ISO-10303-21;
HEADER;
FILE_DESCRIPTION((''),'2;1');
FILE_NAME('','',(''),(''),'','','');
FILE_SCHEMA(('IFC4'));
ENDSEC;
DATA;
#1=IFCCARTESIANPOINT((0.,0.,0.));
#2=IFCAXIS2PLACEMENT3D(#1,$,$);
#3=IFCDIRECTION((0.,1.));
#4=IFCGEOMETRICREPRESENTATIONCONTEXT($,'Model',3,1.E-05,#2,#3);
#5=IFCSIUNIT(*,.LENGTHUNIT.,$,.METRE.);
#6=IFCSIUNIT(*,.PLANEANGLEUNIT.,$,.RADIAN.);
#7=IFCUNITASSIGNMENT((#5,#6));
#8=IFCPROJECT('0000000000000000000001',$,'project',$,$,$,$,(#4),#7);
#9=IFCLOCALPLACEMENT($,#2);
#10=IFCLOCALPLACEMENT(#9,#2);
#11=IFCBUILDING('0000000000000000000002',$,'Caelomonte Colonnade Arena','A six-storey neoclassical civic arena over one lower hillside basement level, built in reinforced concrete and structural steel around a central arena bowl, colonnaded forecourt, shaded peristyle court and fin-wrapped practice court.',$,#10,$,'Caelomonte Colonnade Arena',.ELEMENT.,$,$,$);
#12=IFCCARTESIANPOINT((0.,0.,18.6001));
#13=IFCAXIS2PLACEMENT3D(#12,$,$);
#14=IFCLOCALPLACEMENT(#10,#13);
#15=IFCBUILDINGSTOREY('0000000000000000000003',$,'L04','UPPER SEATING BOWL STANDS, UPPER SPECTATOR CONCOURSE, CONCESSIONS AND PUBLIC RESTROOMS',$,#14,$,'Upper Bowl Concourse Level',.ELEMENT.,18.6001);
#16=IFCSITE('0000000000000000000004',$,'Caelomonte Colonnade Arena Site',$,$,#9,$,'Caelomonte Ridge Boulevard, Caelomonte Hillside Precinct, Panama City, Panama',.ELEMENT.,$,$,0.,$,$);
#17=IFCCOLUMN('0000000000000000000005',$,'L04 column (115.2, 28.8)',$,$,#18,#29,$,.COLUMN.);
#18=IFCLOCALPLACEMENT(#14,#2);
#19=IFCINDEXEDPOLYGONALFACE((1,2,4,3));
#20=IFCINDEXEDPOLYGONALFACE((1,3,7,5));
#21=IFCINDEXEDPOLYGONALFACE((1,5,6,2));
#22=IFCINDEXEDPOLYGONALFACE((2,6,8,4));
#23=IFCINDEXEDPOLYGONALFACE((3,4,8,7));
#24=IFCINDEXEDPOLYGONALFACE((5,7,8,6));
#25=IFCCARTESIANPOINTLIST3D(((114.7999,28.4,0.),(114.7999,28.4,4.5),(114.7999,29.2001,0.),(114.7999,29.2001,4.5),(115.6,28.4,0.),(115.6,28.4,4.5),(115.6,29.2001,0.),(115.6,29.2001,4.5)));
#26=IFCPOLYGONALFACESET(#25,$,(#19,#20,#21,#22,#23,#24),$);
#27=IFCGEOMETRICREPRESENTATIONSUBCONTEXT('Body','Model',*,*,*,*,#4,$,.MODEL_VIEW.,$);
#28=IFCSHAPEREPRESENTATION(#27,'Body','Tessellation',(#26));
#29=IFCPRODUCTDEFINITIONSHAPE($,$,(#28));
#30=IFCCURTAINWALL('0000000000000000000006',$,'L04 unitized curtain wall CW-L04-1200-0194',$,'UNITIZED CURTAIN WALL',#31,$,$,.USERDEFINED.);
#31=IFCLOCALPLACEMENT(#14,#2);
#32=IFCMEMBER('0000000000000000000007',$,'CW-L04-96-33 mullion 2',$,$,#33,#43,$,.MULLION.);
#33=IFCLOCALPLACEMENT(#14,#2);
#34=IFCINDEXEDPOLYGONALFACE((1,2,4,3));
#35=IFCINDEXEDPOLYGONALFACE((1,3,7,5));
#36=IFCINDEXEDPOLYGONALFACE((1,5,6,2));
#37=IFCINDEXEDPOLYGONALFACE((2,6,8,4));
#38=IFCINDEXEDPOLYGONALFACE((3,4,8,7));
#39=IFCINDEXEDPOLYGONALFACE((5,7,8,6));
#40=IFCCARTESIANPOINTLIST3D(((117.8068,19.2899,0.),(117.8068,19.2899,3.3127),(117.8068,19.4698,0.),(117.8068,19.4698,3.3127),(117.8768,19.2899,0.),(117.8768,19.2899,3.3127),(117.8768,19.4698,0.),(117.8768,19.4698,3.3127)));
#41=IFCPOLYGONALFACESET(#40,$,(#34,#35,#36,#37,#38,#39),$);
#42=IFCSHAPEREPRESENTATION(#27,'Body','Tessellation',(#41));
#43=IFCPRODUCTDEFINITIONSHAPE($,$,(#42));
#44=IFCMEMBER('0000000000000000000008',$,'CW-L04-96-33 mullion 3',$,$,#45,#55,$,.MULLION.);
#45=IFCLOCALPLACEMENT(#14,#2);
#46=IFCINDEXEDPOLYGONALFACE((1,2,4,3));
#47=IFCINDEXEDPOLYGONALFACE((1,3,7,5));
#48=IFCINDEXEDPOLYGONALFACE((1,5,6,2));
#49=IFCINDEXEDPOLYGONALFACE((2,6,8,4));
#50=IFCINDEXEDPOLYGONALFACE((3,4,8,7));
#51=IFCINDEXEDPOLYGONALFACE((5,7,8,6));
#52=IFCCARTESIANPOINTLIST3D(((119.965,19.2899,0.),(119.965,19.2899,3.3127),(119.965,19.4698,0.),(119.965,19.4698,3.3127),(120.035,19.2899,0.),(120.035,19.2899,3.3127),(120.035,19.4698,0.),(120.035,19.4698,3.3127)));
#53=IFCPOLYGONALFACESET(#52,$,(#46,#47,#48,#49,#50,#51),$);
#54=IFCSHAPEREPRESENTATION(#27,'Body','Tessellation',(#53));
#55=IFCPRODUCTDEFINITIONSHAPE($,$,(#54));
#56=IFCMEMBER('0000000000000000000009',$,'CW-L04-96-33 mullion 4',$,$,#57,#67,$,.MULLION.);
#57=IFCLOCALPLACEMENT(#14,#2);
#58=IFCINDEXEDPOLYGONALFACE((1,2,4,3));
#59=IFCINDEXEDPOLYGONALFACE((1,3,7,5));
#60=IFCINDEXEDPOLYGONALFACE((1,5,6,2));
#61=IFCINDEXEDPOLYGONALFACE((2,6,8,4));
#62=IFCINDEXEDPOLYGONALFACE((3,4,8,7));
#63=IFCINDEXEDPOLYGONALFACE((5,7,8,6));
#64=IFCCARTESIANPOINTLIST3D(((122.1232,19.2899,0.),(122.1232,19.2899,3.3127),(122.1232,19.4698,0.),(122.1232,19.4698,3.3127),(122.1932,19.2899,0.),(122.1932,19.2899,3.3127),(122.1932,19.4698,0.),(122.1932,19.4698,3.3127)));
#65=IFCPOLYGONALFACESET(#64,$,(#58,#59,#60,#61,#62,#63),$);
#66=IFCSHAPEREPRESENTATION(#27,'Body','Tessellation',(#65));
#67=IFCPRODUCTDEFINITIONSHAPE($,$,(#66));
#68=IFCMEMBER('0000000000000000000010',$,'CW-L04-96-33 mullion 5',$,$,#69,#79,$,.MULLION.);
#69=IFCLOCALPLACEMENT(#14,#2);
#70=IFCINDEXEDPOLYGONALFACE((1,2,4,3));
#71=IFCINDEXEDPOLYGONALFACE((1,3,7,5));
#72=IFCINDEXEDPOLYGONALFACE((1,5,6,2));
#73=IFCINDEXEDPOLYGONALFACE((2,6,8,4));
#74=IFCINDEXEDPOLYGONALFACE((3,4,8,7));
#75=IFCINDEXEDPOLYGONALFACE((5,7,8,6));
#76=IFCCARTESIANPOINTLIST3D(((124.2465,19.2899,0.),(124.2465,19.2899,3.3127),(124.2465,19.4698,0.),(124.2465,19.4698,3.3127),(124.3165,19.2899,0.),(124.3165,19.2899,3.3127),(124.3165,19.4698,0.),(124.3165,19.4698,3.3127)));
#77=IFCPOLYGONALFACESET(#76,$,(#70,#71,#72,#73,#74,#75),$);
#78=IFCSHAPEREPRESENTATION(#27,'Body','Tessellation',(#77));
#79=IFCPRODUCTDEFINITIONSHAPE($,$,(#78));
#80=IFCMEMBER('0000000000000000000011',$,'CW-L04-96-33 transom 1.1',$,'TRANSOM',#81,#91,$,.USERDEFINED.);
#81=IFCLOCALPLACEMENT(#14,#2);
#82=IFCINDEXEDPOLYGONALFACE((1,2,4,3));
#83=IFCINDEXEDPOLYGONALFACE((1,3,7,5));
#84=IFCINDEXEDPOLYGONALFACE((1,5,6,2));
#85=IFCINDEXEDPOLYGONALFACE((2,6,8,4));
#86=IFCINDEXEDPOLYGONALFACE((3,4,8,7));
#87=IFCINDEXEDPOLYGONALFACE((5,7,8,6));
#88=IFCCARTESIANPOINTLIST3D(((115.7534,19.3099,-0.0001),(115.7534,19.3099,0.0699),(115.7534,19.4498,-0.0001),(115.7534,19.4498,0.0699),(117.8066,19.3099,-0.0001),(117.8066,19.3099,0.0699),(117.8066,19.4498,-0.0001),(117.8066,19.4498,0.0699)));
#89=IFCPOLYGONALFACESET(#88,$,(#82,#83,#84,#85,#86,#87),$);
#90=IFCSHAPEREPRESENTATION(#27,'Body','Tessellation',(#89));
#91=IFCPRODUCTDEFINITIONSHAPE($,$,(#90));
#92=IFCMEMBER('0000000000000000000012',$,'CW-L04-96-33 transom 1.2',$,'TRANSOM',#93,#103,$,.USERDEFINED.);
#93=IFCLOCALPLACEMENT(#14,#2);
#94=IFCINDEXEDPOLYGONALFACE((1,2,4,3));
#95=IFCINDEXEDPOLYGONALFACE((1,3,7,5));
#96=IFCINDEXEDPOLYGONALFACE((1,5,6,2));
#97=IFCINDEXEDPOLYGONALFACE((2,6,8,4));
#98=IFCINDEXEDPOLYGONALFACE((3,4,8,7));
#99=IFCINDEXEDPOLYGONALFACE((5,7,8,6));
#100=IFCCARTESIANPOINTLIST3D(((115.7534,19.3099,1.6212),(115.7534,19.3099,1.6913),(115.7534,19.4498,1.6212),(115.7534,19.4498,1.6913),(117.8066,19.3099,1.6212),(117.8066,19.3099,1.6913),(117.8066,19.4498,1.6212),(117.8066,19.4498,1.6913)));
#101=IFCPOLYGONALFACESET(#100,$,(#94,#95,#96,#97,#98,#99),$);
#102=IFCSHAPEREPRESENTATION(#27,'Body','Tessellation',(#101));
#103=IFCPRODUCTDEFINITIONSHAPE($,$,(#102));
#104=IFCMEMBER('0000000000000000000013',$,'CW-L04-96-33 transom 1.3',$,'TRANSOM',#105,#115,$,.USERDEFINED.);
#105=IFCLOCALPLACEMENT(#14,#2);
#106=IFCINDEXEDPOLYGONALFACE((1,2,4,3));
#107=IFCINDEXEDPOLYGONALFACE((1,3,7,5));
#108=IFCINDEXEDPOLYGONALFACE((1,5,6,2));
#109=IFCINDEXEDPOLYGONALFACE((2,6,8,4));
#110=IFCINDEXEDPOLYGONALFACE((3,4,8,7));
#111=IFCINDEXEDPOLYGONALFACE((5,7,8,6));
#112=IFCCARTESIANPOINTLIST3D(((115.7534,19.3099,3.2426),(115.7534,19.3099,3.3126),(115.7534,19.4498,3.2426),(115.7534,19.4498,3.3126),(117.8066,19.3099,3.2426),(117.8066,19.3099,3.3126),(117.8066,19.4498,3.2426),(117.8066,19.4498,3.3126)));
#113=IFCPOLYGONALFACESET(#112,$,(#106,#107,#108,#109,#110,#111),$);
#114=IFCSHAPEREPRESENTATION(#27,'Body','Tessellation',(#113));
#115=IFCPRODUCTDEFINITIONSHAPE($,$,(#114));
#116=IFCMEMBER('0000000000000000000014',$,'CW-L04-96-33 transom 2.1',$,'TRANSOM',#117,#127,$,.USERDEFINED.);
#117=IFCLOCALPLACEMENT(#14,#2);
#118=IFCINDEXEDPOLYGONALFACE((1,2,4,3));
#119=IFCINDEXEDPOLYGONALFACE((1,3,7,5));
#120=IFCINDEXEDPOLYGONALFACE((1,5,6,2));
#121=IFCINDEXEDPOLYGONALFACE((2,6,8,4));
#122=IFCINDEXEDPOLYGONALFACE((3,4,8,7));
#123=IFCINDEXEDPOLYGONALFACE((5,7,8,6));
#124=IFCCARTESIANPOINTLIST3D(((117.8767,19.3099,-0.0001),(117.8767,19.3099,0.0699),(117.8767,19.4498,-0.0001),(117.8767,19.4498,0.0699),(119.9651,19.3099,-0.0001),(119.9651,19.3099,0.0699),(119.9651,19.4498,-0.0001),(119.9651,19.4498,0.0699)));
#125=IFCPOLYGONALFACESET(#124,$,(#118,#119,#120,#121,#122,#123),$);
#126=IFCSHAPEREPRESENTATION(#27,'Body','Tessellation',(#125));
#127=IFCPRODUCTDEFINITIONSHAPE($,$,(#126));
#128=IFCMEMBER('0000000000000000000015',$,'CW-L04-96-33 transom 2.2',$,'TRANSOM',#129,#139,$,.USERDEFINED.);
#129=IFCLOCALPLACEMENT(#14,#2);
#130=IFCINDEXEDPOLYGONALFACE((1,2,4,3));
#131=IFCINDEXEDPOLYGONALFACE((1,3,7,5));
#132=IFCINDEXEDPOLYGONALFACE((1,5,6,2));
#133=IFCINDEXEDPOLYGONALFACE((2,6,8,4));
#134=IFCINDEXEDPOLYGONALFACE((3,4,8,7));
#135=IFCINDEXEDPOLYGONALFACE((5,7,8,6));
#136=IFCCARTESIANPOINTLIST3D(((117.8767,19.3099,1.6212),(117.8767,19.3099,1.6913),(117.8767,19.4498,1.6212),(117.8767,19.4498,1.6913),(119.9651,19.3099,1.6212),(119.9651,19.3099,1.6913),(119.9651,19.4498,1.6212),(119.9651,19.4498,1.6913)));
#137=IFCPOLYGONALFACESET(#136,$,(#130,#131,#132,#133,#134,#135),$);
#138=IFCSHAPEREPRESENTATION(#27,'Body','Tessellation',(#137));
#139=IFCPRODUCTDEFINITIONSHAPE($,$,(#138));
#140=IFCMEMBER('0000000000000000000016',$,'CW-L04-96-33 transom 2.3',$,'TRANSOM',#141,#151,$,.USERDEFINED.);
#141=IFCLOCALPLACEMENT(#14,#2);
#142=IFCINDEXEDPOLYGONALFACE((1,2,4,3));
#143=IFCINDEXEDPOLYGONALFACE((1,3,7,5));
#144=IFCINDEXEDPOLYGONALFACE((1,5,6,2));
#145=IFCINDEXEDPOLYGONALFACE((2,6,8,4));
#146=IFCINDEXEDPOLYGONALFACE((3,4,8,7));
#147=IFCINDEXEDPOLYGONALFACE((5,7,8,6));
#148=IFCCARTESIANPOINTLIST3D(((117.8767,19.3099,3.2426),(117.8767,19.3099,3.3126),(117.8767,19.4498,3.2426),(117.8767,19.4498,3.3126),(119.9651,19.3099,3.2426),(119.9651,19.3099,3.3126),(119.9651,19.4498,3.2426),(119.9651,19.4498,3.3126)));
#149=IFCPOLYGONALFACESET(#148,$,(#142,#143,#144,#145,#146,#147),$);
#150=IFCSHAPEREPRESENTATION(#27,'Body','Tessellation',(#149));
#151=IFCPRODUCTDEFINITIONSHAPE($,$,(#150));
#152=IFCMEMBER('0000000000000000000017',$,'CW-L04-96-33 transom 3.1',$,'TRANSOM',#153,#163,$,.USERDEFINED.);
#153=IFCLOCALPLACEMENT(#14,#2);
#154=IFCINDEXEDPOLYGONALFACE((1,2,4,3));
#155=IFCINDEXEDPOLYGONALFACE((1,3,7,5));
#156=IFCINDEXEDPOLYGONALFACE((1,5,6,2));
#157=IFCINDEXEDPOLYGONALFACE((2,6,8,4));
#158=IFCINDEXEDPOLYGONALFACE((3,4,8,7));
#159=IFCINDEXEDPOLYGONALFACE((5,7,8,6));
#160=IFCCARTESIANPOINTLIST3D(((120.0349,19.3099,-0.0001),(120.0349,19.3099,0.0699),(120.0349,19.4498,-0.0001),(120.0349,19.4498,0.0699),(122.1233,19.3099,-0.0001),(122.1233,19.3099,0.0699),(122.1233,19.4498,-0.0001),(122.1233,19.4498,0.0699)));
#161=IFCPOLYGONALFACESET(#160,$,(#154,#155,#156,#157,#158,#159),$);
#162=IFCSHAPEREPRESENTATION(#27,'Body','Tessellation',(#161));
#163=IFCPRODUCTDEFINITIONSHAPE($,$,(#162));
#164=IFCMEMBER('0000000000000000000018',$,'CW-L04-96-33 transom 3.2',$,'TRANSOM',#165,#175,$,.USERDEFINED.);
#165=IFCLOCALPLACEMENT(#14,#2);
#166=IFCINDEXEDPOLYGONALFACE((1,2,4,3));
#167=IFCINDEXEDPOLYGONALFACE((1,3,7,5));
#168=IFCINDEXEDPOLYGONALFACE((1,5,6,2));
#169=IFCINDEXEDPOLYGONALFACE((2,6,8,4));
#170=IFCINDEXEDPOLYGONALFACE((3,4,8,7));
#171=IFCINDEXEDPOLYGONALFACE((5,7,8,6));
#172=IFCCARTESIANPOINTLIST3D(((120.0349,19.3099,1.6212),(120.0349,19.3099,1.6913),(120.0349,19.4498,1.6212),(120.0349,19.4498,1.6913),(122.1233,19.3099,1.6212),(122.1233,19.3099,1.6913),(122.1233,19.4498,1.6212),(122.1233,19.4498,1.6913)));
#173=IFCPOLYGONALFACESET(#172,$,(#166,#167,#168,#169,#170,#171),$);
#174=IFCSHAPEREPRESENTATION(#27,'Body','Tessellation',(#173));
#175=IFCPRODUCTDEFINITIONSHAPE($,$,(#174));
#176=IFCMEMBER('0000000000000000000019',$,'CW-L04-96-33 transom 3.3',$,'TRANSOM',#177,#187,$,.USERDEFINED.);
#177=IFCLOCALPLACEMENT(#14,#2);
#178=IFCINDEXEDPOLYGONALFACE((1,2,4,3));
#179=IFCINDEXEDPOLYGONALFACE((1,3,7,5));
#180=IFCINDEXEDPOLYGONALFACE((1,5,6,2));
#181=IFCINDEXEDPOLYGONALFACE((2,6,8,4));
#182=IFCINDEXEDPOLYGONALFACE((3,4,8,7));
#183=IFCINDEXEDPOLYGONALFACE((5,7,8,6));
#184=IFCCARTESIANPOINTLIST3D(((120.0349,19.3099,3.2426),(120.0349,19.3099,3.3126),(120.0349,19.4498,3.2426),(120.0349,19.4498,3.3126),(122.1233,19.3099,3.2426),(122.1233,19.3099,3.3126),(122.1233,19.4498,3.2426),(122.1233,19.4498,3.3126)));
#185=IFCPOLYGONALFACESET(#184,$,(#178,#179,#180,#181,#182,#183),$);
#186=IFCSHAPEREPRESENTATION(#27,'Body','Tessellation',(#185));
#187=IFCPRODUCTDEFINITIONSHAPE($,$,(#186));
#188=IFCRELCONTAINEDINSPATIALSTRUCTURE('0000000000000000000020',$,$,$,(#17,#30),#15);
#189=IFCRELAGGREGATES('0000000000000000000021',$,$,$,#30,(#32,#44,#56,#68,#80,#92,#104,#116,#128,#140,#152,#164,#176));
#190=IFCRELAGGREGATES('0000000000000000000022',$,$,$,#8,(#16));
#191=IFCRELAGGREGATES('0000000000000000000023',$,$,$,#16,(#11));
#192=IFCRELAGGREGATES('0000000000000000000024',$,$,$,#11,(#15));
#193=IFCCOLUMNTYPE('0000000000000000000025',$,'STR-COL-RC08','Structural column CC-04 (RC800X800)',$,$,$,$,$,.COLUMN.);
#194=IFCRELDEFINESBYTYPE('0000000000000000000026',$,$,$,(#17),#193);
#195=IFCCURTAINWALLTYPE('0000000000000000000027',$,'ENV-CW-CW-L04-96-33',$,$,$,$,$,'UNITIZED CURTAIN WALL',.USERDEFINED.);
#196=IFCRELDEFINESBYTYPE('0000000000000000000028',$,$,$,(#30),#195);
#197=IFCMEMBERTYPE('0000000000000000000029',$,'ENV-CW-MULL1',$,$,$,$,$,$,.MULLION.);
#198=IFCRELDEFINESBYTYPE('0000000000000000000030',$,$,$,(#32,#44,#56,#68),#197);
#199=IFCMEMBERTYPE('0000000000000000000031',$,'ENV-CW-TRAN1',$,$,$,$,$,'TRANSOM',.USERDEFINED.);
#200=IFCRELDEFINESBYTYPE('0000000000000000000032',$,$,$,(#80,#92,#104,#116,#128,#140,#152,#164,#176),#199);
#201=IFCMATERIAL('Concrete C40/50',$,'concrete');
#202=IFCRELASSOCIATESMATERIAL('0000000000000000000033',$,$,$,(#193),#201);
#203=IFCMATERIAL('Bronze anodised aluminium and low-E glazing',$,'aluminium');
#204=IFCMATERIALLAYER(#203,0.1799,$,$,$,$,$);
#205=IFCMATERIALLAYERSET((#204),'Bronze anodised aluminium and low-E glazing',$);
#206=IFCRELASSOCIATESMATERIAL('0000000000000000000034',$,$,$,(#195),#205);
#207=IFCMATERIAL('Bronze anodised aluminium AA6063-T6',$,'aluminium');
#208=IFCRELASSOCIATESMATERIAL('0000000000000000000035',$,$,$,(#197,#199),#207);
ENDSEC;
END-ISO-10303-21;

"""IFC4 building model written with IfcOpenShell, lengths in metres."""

from ifc_helpers import new_model, si_unit, direction, frame, origin, origin_2d, place, context, subcontext, project, spatial, rectangle, extrude, material, layer, layer_set, material_profile, profile_set, type_object, element, aggregate, save


model = new_model("IFC4")

# Units and contexts
model_context = context("Model", 3, precision=1e-05, world=origin(), true_north=direction((0.0, 1.0)))
body_context = subcontext(model_context, "Body", "Model", "MODEL_VIEW")
ifc_project = project(units=[si_unit("LENGTHUNIT", "METRE"), si_unit("PLANEANGLEUNIT", "RADIAN")], contexts=[model_context])

# Site, building, storey
site_placement = place(None, origin())
site = spatial("IfcSite", under=ifc_project, at=site_placement, Name="Caelomonte Colonnade Arena Site", LongName="Caelomonte Ridge Boulevard, Caelomonte Hillside Precinct, Panama City, Panama", CompositionType="ELEMENT", RefElevation=0.0)
building_placement = place(site_placement, origin())
building = spatial("IfcBuilding", under=site, at=building_placement, Name="Caelomonte Colonnade Arena", Description="A six-storey neoclassical civic arena over one lower hillside basement level, built in reinforced concrete and structural steel around a central arena bowl, colonnaded forecourt, shaded peristyle court and fin-wrapped practice court.", LongName="Caelomonte Colonnade Arena", CompositionType="ELEMENT")
storey_placement = place(building_placement, frame((0.0, 0.0, 18.6001)))
storey = spatial("IfcBuildingStorey", under=building, at=storey_placement, Name="L04", Description="UPPER SEATING BOWL STANDS, UPPER SPECTATOR CONCOURSE, CONCESSIONS AND PUBLIC RESTROOMS", LongName="Upper Bowl Concourse Level", CompositionType="ELEMENT", Elevation=18.6001)

# Column
ifc_material_1 = material(Name="Concrete C40/50", Category="concrete")
ifc_material_profile_1 = material_profile(ifc_material_1, rectangle(XDim=0.8, YDim=0.8, at=origin_2d()), Name="RC800X800")
ifc_profile_set_1 = profile_set([ifc_material_profile_1], Name="Concrete C40/50")
column_type = type_object("IfcColumnType", Name="STR-COL-RC08", Description="Structural column CC-04 (RC800X800)", PredefinedType="COLUMN", material=ifc_profile_set_1)
column_placement = place(storey_placement, frame((115.2, 28.8, 0.0), z_axis=(0.0, 0.0, 1.0), x_axis=(1.0, 0.0, 0.0)))
element("IfcColumn", 1, at=column_placement, inside=storey, type_object=column_type, Name="L04 column (115.2, 28.8)", PredefinedType="COLUMN", context=body_context, shape_type="SweptSolid", body=[
    extrude(rectangle(XDim=0.8, YDim=0.8, at=origin_2d()), origin(), (0.0, 0.0, 1.0), 4.5),
])

# Curtain wall, members
ifc_material_2 = material(Name="Bronze anodised aluminium and low-E glazing", Category="aluminium")
ifc_layer_1 = layer(ifc_material_2, 0.1799)
ifc_layer_set_1 = layer_set([ifc_layer_1], Name="Bronze anodised aluminium and low-E glazing")
curtain_wall_type = type_object("IfcCurtainWallType", Name="ENV-CW-CW-L04-96-33", ElementType="UNITIZED CURTAIN WALL", PredefinedType="USERDEFINED", material=ifc_layer_set_1)
curtain_wall_placement = place(storey_placement, origin())
curtain_wall = element("IfcCurtainWall", 2, at=curtain_wall_placement, inside=storey, type_object=curtain_wall_type, Name="L04 unitized curtain wall CW-L04-1200-0194", ObjectType="UNITIZED CURTAIN WALL", PredefinedType="USERDEFINED")
ifc_material_3 = material(Name="Bronze anodised aluminium AA6063-T6", Category="aluminium")
ifc_material_profile_2 = material_profile(ifc_material_3, rectangle(XDim=0.0701, YDim=0.1799, at=origin_2d()), Name="CWM-70X180")
ifc_profile_set_2 = profile_set([ifc_material_profile_2], Name="Bronze anodised aluminium AA6063-T6")
member_type_1 = type_object("IfcMemberType", Name="ENV-CW-MULL1", PredefinedType="MULLION", material=ifc_profile_set_2)
member_1_placement = place(storey_placement, frame((117.8418, 19.3799, 0.0), z_axis=(0.0, 0.0, 1.0), x_axis=(1.0, 0.0, 0.0)))
member_1 = element("IfcMember", 3, at=member_1_placement, type_object=member_type_1, Name="CW-L04-96-33 mullion 2", PredefinedType="MULLION", context=body_context, shape_type="SweptSolid", body=[
    extrude(rectangle(XDim=0.0701, YDim=0.1799, at=origin_2d()), origin(), (0.0, 0.0, 1.0), 3.3127),
])
member_2_placement = place(storey_placement, frame((120.0, 19.3799, 0.0), z_axis=(0.0, 0.0, 1.0), x_axis=(1.0, 0.0, 0.0)))
member_2 = element("IfcMember", 4, at=member_2_placement, type_object=member_type_1, Name="CW-L04-96-33 mullion 3", PredefinedType="MULLION", context=body_context, shape_type="SweptSolid", body=[
    extrude(rectangle(XDim=0.0701, YDim=0.1799, at=origin_2d()), origin(), (0.0, 0.0, 1.0), 3.3127),
])
member_3_placement = place(storey_placement, frame((122.1582, 19.3799, 0.0), z_axis=(0.0, 0.0, 1.0), x_axis=(1.0, 0.0, 0.0)))
member_3 = element("IfcMember", 5, at=member_3_placement, type_object=member_type_1, Name="CW-L04-96-33 mullion 4", PredefinedType="MULLION", context=body_context, shape_type="SweptSolid", body=[
    extrude(rectangle(XDim=0.0701, YDim=0.1799, at=origin_2d()), origin(), (0.0, 0.0, 1.0), 3.3127),
])
member_4_placement = place(storey_placement, frame((124.2815, 19.3799, 0.0), z_axis=(0.0, 0.0, 1.0), x_axis=(1.0, 0.0, 0.0)))
member_4 = element("IfcMember", 6, at=member_4_placement, type_object=member_type_1, Name="CW-L04-96-33 mullion 5", PredefinedType="MULLION", context=body_context, shape_type="SweptSolid", body=[
    extrude(rectangle(XDim=0.0701, YDim=0.1799, at=origin_2d()), origin(), (0.0, 0.0, 1.0), 3.3127),
])
ifc_material_profile_3 = material_profile(ifc_material_3, rectangle(XDim=0.0701, YDim=0.1399, at=origin_2d()), Name="CWT-70X140")
ifc_profile_set_3 = profile_set([ifc_material_profile_3], Name="Bronze anodised aluminium AA6063-T6")
member_type_2 = type_object("IfcMemberType", Name="ENV-CW-TRAN1", ElementType="TRANSOM", PredefinedType="USERDEFINED", material=ifc_profile_set_3)
member_5_placement = place(storey_placement, frame((115.7534, 19.3799, 0.0349), z_axis=(1.0, 0.0, 0.0), x_axis=(0.0, 0.0, 1.0)))
member_5 = element("IfcMember", 7, at=member_5_placement, type_object=member_type_2, Name="CW-L04-96-33 transom 1.1", ObjectType="TRANSOM", PredefinedType="USERDEFINED", context=body_context, shape_type="SweptSolid", body=[
    extrude(rectangle(XDim=0.0701, YDim=0.1399, at=origin_2d()), origin(), (0.0, 0.0, 1.0), 2.0532),
])
member_6_placement = place(storey_placement, frame((115.7534, 19.3799, 1.6562), z_axis=(1.0, 0.0, 0.0), x_axis=(0.0, 0.0, 1.0)))
member_6 = element("IfcMember", 8, at=member_6_placement, type_object=member_type_2, Name="CW-L04-96-33 transom 1.2", ObjectType="TRANSOM", PredefinedType="USERDEFINED", context=body_context, shape_type="SweptSolid", body=[
    extrude(rectangle(XDim=0.0701, YDim=0.1399, at=origin_2d()), origin(), (0.0, 0.0, 1.0), 2.0532),
])
member_7_placement = place(storey_placement, frame((115.7534, 19.3799, 3.2776), z_axis=(1.0, 0.0, 0.0), x_axis=(0.0, 0.0, 1.0)))
member_7 = element("IfcMember", 9, at=member_7_placement, type_object=member_type_2, Name="CW-L04-96-33 transom 1.3", ObjectType="TRANSOM", PredefinedType="USERDEFINED", context=body_context, shape_type="SweptSolid", body=[
    extrude(rectangle(XDim=0.0701, YDim=0.1399, at=origin_2d()), origin(), (0.0, 0.0, 1.0), 2.0532),
])
member_8_placement = place(storey_placement, frame((117.8767, 19.3799, 0.0349), z_axis=(1.0, 0.0, 0.0), x_axis=(0.0, 0.0, 1.0)))
member_8 = element("IfcMember", 10, at=member_8_placement, type_object=member_type_2, Name="CW-L04-96-33 transom 2.1", ObjectType="TRANSOM", PredefinedType="USERDEFINED", context=body_context, shape_type="SweptSolid", body=[
    extrude(rectangle(XDim=0.0701, YDim=0.1399, at=origin_2d()), origin(), (0.0, 0.0, 1.0), 2.0884),
])
member_9_placement = place(storey_placement, frame((117.8767, 19.3799, 1.6562), z_axis=(1.0, 0.0, 0.0), x_axis=(0.0, 0.0, 1.0)))
member_9 = element("IfcMember", 11, at=member_9_placement, type_object=member_type_2, Name="CW-L04-96-33 transom 2.2", ObjectType="TRANSOM", PredefinedType="USERDEFINED", context=body_context, shape_type="SweptSolid", body=[
    extrude(rectangle(XDim=0.0701, YDim=0.1399, at=origin_2d()), origin(), (0.0, 0.0, 1.0), 2.0884),
])
member_10_placement = place(storey_placement, frame((117.8767, 19.3799, 3.2776), z_axis=(1.0, 0.0, 0.0), x_axis=(0.0, 0.0, 1.0)))
member_10 = element("IfcMember", 12, at=member_10_placement, type_object=member_type_2, Name="CW-L04-96-33 transom 2.3", ObjectType="TRANSOM", PredefinedType="USERDEFINED", context=body_context, shape_type="SweptSolid", body=[
    extrude(rectangle(XDim=0.0701, YDim=0.1399, at=origin_2d()), origin(), (0.0, 0.0, 1.0), 2.0884),
])
member_11_placement = place(storey_placement, frame((120.0349, 19.3799, 0.0349), z_axis=(1.0, 0.0, 0.0), x_axis=(0.0, 0.0, 1.0)))
member_11 = element("IfcMember", 13, at=member_11_placement, type_object=member_type_2, Name="CW-L04-96-33 transom 3.1", ObjectType="TRANSOM", PredefinedType="USERDEFINED", context=body_context, shape_type="SweptSolid", body=[
    extrude(rectangle(XDim=0.0701, YDim=0.1399, at=origin_2d()), origin(), (0.0, 0.0, 1.0), 2.0884),
])
member_12_placement = place(storey_placement, frame((120.0349, 19.3799, 1.6562), z_axis=(1.0, 0.0, 0.0), x_axis=(0.0, 0.0, 1.0)))
member_12 = element("IfcMember", 14, at=member_12_placement, type_object=member_type_2, Name="CW-L04-96-33 transom 3.2", ObjectType="TRANSOM", PredefinedType="USERDEFINED", context=body_context, shape_type="SweptSolid", body=[
    extrude(rectangle(XDim=0.0701, YDim=0.1399, at=origin_2d()), origin(), (0.0, 0.0, 1.0), 2.0884),
])
member_13_placement = place(storey_placement, frame((120.0349, 19.3799, 3.2776), z_axis=(1.0, 0.0, 0.0), x_axis=(0.0, 0.0, 1.0)))
member_13 = element("IfcMember", 15, at=member_13_placement, type_object=member_type_2, Name="CW-L04-96-33 transom 3.3", ObjectType="TRANSOM", PredefinedType="USERDEFINED", context=body_context, shape_type="SweptSolid", body=[
    extrude(rectangle(XDim=0.0701, YDim=0.1399, at=origin_2d()), origin(), (0.0, 0.0, 1.0), 2.0884),
])

aggregate(curtain_wall, [member_1, member_2, member_3, member_4, member_5, member_6, member_7, member_8, member_9, member_10, member_11, member_12, member_13])

save(model, "model.ifc")
